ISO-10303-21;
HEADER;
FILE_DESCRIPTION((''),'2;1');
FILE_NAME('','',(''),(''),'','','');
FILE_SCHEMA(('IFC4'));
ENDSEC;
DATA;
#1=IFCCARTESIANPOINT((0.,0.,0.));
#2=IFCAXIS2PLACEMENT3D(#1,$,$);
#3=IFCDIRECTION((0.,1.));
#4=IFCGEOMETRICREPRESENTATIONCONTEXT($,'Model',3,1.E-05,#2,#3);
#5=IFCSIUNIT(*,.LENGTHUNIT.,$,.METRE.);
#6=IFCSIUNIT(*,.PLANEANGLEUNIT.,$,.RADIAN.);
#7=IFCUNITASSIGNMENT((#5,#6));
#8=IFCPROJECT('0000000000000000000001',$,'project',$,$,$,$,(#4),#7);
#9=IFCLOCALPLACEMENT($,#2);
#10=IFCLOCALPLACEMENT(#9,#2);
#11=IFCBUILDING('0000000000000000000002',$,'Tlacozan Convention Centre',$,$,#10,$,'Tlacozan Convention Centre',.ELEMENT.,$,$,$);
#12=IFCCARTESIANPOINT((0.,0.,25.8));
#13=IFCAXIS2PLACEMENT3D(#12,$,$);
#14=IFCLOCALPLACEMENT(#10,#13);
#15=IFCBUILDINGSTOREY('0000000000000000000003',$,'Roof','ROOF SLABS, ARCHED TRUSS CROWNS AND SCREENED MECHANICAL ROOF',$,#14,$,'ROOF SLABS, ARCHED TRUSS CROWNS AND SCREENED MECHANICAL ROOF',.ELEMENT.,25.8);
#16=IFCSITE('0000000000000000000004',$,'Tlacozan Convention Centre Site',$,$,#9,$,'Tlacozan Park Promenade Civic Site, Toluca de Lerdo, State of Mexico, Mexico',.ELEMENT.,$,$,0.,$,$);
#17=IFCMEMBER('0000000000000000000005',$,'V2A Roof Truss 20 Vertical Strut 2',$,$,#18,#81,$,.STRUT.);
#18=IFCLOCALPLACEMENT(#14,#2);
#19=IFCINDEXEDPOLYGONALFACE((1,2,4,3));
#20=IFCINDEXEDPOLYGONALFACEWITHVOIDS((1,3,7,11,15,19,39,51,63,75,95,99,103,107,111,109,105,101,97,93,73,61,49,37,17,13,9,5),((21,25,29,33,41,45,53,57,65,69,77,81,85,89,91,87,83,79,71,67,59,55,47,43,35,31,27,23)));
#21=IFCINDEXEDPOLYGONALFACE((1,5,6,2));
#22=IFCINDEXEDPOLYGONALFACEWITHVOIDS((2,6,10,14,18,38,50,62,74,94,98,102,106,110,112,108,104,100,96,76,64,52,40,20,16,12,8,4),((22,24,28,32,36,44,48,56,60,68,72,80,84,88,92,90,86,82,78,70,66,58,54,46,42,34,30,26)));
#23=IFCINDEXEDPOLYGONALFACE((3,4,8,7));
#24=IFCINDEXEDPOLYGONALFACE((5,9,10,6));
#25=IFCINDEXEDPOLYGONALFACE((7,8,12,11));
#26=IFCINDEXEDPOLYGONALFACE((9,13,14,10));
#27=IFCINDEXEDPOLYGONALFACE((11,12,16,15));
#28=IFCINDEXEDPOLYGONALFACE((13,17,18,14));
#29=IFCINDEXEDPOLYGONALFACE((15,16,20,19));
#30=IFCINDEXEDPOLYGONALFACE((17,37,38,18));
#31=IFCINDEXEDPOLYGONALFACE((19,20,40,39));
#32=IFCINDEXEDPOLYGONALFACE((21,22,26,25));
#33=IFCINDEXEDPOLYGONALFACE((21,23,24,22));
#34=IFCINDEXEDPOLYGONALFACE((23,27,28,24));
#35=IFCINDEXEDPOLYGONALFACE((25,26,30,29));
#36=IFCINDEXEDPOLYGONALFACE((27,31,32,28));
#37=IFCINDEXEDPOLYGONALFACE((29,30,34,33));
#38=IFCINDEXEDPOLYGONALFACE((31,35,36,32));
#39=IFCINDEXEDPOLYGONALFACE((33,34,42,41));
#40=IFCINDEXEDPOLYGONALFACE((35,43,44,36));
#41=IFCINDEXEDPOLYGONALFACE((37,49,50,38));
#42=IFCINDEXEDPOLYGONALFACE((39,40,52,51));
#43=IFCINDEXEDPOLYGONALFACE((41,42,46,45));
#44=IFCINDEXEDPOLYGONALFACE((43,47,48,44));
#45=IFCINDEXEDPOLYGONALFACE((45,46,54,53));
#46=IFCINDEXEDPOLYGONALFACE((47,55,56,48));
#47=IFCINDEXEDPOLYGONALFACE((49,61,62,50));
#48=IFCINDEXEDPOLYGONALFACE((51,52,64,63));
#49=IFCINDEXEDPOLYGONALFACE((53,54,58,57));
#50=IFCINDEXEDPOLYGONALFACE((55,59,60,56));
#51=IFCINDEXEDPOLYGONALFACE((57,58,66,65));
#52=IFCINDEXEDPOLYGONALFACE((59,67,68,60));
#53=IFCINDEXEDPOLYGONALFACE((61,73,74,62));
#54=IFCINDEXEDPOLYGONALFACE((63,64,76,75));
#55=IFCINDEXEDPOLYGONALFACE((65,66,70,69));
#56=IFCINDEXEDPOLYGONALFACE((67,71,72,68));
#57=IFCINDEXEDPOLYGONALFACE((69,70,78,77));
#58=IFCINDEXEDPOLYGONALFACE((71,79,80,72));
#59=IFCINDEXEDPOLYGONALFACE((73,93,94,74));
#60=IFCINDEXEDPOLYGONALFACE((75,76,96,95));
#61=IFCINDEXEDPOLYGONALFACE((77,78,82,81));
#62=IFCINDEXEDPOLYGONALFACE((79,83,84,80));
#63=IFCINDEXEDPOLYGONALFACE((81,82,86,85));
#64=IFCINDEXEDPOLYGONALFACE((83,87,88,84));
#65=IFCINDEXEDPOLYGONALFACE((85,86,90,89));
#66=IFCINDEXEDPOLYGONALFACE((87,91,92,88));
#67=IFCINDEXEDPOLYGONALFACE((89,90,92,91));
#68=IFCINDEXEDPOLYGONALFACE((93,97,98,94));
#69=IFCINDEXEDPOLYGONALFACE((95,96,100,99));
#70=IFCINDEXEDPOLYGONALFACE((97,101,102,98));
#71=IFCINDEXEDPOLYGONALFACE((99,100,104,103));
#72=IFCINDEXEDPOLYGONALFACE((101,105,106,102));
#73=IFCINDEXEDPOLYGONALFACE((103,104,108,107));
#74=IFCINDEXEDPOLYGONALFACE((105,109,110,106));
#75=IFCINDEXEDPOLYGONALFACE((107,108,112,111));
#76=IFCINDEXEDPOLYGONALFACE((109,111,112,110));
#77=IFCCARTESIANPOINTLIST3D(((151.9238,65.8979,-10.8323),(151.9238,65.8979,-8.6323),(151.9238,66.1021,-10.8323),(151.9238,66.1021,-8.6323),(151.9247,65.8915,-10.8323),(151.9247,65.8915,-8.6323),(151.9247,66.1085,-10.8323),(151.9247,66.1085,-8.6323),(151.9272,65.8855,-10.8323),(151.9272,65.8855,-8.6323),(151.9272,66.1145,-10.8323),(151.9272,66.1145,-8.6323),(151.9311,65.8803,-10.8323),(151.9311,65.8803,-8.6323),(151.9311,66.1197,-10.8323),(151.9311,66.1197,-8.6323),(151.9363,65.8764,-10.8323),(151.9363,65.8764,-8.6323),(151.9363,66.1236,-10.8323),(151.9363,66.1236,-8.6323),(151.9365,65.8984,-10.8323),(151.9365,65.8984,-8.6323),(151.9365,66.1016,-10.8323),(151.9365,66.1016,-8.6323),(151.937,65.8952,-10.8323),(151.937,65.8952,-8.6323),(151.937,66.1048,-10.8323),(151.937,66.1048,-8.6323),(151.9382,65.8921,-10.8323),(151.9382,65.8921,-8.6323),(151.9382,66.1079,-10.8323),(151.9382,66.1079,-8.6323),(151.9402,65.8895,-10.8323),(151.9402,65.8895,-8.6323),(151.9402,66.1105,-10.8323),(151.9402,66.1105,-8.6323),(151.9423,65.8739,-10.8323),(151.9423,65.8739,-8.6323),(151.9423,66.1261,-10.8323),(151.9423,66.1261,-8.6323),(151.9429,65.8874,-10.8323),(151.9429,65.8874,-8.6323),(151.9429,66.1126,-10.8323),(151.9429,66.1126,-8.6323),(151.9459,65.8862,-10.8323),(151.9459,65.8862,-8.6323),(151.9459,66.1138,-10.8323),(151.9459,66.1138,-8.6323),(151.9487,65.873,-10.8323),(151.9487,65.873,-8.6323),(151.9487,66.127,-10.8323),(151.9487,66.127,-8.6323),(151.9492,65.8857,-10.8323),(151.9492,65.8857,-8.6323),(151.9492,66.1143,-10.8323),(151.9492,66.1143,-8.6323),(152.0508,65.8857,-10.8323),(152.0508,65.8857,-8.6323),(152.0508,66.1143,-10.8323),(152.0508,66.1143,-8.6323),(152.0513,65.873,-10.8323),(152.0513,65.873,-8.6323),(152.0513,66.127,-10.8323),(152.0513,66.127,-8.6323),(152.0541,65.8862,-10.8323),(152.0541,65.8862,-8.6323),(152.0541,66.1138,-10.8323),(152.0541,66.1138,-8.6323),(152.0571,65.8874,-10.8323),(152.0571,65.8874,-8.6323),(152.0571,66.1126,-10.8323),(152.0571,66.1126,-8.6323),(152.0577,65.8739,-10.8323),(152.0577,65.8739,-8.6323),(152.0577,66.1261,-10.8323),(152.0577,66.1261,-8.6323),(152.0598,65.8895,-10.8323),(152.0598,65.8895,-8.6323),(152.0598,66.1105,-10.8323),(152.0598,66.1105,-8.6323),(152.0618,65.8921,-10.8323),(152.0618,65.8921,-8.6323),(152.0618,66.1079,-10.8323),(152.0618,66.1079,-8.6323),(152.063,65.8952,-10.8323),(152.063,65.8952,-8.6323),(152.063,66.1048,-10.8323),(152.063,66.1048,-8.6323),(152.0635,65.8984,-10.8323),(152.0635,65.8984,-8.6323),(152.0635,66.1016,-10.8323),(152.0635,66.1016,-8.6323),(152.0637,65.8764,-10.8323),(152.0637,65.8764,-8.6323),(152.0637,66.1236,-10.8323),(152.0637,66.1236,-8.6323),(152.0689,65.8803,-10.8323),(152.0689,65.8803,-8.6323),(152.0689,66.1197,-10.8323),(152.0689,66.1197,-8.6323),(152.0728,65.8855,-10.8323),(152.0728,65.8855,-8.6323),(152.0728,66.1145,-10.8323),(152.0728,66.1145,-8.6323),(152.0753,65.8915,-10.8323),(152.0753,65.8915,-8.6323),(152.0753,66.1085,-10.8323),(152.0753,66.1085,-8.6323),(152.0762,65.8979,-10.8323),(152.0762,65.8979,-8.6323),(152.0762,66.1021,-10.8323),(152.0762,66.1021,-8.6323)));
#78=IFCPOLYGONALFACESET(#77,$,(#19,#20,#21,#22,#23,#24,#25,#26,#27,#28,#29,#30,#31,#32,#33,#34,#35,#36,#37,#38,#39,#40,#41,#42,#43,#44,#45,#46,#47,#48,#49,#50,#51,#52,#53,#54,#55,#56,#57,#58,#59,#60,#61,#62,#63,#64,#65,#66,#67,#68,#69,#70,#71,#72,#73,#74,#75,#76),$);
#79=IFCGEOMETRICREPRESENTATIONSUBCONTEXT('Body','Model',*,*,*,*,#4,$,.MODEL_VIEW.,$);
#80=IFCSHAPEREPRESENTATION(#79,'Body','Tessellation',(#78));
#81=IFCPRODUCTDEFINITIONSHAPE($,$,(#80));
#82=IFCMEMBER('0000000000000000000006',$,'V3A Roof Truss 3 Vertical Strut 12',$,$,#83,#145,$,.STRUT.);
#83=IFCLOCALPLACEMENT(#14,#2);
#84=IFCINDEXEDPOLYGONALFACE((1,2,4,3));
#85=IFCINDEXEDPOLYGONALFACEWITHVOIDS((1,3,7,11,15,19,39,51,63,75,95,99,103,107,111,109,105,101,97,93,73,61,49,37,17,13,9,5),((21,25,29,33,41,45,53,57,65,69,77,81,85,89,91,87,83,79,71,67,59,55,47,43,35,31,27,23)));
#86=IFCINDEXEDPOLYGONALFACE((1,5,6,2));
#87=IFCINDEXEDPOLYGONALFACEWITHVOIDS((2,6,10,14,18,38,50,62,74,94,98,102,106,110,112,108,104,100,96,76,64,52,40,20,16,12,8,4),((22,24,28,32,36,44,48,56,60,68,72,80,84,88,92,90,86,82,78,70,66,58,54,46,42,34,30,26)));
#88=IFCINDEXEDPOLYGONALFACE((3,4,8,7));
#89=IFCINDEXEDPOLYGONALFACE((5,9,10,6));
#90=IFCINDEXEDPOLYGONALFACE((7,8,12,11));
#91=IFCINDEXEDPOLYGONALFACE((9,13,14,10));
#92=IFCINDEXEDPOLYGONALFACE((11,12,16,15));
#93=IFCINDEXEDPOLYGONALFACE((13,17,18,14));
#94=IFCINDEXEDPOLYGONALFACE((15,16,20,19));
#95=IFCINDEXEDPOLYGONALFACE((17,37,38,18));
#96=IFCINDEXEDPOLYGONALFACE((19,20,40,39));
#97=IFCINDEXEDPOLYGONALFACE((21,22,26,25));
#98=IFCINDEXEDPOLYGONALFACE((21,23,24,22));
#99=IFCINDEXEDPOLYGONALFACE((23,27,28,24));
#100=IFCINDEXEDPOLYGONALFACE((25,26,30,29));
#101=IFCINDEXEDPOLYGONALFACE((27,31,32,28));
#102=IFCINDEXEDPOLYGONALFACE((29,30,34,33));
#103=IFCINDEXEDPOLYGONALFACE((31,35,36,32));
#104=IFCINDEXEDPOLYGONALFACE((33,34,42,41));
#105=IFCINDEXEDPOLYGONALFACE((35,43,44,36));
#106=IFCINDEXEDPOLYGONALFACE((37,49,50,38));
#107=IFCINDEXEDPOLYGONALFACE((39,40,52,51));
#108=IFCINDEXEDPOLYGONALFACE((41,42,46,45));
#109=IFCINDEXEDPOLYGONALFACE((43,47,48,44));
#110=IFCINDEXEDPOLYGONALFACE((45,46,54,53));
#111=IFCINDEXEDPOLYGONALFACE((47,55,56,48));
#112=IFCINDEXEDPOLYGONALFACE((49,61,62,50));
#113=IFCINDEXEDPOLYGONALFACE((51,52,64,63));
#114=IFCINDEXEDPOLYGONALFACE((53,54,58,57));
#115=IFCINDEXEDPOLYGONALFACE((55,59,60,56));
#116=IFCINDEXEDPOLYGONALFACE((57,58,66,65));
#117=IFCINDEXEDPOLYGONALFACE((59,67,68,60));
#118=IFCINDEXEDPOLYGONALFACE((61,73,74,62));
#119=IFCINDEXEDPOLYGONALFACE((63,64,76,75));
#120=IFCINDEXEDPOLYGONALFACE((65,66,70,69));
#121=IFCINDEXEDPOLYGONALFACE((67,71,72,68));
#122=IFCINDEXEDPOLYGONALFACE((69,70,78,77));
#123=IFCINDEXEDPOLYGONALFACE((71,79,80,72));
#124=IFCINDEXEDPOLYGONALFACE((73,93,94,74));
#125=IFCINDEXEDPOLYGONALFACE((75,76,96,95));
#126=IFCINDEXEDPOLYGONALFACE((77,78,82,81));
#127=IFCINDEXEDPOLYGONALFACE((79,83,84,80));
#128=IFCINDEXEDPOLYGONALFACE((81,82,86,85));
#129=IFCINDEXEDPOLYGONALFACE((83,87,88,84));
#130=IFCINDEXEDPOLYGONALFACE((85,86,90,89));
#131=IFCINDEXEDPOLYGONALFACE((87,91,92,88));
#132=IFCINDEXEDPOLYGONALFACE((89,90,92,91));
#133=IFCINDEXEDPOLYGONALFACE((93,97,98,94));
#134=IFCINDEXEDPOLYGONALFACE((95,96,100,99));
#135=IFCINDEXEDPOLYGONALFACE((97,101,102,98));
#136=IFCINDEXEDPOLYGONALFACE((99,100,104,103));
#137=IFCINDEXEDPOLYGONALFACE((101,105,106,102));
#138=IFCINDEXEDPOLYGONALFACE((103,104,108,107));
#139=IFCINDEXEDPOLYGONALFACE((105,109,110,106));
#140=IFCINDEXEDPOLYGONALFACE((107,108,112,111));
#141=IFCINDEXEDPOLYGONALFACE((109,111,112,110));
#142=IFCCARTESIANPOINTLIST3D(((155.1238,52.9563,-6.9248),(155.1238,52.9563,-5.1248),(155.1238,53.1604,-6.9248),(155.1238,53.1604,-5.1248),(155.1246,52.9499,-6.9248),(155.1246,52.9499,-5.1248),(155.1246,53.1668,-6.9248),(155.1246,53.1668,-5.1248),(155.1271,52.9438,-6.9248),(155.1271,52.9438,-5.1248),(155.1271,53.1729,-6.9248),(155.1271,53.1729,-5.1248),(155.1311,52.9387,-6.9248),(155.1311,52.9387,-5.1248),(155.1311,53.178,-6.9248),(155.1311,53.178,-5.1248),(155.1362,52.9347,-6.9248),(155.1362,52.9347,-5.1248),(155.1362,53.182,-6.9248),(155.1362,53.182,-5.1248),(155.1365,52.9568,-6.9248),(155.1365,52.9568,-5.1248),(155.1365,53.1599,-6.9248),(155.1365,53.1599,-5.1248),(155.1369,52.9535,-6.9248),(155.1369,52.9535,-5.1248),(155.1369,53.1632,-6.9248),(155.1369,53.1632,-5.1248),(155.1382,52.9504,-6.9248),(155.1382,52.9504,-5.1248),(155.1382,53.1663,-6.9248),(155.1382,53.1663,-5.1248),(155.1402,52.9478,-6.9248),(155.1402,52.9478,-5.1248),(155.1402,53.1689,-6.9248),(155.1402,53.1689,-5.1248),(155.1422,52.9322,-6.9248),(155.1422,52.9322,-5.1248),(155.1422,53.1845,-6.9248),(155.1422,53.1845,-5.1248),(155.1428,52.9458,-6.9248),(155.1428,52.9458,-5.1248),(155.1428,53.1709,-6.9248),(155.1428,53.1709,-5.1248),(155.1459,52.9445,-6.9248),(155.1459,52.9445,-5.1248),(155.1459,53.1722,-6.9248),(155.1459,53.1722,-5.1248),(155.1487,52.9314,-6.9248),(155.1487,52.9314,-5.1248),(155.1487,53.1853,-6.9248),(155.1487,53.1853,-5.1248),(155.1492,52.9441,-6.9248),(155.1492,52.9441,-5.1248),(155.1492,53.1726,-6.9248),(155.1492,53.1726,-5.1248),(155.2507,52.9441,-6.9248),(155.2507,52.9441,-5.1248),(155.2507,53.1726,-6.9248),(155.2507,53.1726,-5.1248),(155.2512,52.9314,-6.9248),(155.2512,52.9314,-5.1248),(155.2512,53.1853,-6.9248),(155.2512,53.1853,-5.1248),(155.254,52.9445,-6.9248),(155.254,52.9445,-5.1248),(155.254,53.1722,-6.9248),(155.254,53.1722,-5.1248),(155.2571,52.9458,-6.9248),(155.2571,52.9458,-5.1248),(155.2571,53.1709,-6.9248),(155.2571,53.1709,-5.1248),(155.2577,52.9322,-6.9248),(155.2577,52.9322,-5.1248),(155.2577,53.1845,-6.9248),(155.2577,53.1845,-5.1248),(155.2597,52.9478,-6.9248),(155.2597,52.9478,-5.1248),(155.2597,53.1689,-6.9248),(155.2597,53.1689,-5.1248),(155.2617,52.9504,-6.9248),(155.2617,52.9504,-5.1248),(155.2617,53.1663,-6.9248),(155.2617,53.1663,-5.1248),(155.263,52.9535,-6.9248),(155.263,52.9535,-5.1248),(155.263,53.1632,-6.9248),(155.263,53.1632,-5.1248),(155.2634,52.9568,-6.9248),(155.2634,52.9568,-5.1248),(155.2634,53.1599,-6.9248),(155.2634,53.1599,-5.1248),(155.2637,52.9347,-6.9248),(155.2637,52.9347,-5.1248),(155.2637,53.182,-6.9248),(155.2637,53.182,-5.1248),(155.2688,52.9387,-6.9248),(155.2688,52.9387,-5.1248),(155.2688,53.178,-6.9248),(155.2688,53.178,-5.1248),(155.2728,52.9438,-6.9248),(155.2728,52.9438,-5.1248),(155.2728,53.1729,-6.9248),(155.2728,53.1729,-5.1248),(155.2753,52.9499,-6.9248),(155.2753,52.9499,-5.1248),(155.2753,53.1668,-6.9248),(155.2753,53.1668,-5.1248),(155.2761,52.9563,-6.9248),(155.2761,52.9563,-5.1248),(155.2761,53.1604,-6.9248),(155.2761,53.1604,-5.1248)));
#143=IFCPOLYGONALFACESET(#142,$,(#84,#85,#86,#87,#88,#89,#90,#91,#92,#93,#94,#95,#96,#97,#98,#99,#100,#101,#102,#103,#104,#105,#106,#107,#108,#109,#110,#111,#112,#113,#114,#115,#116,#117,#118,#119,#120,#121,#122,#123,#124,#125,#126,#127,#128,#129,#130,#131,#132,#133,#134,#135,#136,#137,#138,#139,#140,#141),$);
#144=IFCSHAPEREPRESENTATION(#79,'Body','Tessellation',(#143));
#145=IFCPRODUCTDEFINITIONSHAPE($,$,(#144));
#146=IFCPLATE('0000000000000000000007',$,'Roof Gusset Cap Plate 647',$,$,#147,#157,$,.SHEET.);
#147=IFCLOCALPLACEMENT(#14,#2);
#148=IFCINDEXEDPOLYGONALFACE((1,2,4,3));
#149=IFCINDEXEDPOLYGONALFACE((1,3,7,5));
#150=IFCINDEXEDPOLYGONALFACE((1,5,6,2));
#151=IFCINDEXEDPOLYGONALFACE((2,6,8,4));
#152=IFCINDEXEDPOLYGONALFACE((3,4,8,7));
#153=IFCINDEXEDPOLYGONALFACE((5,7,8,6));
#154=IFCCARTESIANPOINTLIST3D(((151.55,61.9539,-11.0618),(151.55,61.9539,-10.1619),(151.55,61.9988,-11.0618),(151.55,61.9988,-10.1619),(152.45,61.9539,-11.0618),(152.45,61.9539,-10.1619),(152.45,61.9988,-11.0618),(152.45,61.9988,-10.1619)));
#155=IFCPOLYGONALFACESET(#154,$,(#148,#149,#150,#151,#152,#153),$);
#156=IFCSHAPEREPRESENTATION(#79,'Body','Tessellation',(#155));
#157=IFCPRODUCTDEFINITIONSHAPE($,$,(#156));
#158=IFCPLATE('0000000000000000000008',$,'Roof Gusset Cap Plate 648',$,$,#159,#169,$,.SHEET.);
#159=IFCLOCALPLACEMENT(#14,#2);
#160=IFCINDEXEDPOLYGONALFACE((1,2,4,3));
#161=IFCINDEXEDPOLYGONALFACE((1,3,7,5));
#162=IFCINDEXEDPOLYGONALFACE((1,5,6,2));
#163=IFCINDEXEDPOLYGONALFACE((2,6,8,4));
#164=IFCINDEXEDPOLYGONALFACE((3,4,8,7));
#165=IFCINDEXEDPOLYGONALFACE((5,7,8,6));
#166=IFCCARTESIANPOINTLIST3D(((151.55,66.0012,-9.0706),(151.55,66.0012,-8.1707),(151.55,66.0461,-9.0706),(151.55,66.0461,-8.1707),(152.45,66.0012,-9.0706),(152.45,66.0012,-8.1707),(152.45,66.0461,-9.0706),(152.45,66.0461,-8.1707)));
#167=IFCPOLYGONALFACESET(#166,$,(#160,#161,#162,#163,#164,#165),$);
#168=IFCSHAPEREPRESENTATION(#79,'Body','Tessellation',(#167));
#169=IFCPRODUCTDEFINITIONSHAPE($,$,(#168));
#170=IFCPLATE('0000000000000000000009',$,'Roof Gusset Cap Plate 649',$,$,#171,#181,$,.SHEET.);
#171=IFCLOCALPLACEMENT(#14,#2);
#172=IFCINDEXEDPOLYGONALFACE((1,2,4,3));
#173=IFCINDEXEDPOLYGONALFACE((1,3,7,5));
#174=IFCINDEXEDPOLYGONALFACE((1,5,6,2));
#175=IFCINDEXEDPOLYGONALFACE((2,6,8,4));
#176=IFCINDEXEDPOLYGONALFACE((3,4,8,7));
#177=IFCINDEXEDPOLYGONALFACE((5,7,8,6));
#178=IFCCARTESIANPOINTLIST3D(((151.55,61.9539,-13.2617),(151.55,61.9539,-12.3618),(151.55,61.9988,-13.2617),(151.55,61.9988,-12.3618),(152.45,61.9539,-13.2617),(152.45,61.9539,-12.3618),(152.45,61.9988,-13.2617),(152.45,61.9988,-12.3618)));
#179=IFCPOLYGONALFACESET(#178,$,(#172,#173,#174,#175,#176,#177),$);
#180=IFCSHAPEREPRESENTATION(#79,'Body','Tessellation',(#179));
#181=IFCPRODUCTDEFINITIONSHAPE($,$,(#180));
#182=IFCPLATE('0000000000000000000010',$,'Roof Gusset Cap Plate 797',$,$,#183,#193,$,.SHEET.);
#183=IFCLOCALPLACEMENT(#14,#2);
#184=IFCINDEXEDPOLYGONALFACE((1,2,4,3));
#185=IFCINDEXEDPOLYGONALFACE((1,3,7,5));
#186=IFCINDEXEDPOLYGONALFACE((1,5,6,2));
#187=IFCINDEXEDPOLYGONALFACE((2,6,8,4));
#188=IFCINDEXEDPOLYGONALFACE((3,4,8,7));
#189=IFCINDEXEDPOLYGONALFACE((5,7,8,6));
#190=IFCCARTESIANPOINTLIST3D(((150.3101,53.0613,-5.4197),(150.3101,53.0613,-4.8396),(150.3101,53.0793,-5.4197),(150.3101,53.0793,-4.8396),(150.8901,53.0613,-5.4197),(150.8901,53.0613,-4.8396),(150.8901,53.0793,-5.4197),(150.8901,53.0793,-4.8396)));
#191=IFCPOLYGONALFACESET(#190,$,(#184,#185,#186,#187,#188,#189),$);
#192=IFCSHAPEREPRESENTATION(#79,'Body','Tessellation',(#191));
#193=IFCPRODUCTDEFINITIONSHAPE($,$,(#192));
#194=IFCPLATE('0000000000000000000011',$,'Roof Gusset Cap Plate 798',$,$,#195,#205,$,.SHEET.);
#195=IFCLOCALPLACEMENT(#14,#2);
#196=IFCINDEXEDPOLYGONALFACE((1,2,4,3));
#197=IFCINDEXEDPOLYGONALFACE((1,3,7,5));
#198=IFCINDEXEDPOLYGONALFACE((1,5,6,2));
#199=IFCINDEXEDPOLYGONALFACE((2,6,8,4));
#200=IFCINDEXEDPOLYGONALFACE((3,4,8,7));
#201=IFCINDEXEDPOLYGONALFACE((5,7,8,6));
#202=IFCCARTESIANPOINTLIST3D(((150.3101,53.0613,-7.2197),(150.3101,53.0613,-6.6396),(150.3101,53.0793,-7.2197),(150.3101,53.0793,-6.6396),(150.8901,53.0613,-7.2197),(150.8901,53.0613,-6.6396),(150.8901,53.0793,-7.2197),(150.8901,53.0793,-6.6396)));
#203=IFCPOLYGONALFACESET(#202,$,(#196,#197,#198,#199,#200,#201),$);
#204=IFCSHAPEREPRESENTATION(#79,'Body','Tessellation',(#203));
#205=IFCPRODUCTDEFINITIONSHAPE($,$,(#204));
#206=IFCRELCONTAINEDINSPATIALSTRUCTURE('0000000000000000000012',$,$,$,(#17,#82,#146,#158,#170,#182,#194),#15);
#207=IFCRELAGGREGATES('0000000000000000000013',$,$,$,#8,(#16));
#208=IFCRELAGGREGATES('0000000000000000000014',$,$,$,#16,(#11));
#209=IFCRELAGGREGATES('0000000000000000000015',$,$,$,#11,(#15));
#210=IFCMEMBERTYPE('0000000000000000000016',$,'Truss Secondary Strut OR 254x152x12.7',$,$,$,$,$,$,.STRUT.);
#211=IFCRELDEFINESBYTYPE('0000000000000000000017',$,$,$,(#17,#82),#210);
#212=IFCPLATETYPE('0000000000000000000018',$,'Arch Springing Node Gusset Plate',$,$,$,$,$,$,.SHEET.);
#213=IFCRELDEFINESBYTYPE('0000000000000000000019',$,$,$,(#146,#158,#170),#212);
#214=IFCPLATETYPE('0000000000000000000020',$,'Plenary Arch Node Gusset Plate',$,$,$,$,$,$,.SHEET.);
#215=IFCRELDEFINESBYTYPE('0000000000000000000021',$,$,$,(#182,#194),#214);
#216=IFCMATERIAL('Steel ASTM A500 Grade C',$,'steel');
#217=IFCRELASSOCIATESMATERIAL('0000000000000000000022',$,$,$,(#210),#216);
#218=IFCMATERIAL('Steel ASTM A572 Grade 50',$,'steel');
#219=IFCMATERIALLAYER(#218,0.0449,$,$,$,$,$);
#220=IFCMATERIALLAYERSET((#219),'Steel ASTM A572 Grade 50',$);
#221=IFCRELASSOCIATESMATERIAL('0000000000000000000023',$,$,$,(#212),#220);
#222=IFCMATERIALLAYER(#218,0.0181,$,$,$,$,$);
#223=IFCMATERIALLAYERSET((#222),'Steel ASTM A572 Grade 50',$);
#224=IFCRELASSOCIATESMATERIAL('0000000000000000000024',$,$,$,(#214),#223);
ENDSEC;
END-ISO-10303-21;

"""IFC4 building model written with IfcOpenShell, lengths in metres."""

from ifc_helpers import new_model, si_unit, direction, frame, origin, origin_2d, place, context, subcontext, project, spatial, rectangle, hollow_rectangle, extrude, material, layer, layer_set, material_profile, profile_set, type_object, element, save


model = new_model("IFC4")

# Units and contexts
model_context = context("Model", 3, precision=1e-05, world=origin(), true_north=direction((0.0, 1.0)))
body_context = subcontext(model_context, "Body", "Model", "MODEL_VIEW")
ifc_project = project(units=[si_unit("LENGTHUNIT", "METRE"), si_unit("PLANEANGLEUNIT", "RADIAN")], contexts=[model_context])

# Site, building, storey
site_placement = place(None, origin())
site = spatial("IfcSite", under=ifc_project, at=site_placement, Name="Tlacozan Convention Centre Site", LongName="Tlacozan Park Promenade Civic Site, Toluca de Lerdo, State of Mexico, Mexico", CompositionType="ELEMENT", RefElevation=0.0)
building_placement = place(site_placement, origin())
building = spatial("IfcBuilding", under=site, at=building_placement, Name="Tlacozan Convention Centre", LongName="Tlacozan Convention Centre", CompositionType="ELEMENT")
storey_placement = place(building_placement, frame((0.0, 0.0, 25.8)))
storey = spatial("IfcBuildingStorey", under=building, at=storey_placement, Name="Roof", Description="ROOF SLABS, ARCHED TRUSS CROWNS AND SCREENED MECHANICAL ROOF", LongName="ROOF SLABS, ARCHED TRUSS CROWNS AND SCREENED MECHANICAL ROOF", CompositionType="ELEMENT", Elevation=25.8)

# Members
ifc_material_1 = material(Name="Steel ASTM A500 Grade C", Category="steel")
ifc_material_profile_1 = material_profile(ifc_material_1, hollow_rectangle(XDim=0.1523, YDim=0.2539, WallThickness=0.0127, InnerFilletRadius=0.0127, OuterFilletRadius=0.0249, at=origin_2d()), Name="OR 254x152x12.7")
ifc_profile_set_1 = profile_set([ifc_material_profile_1], Name="Steel ASTM A500 Grade C")
member_type_1 = type_object("IfcMemberType", Name="Truss Secondary Strut OR 254x152x12.7", PredefinedType="STRUT", material=ifc_profile_set_1)
member_1_placement = place(storey_placement, frame((152.0, 66.0, -10.8323), z_axis=(0.0, 0.0, 1.0), x_axis=(1.0, 0.0, 0.0)))
element("IfcMember", 1, at=member_1_placement, inside=storey, type_object=member_type_1, Name="V2A Roof Truss 20 Vertical Strut 2", PredefinedType="STRUT", context=body_context, shape_type="SweptSolid", body=[
    extrude(hollow_rectangle(XDim=0.1523, YDim=0.2539, WallThickness=0.0127, InnerFilletRadius=0.0127, OuterFilletRadius=0.0249, at=origin_2d()), origin(), (0.0, 0.0, 1.0), 2.2),
])
member_2_placement = place(storey_placement, frame((155.2, 53.0583, -6.9248), z_axis=(0.0, 0.0, 1.0), x_axis=(1.0, 0.0, 0.0)))
element("IfcMember", 2, at=member_2_placement, inside=storey, type_object=member_type_1, Name="V3A Roof Truss 3 Vertical Strut 12", PredefinedType="STRUT", context=body_context, shape_type="SweptSolid", body=[
    extrude(hollow_rectangle(XDim=0.1523, YDim=0.2539, WallThickness=0.0127, InnerFilletRadius=0.0127, OuterFilletRadius=0.0249, at=origin_2d()), origin(), (0.0, 0.0, 1.0), 1.8),
])

# Plates
ifc_material_2 = material(Name="Steel ASTM A572 Grade 50", Category="steel")
ifc_layer_1 = layer(ifc_material_2, 0.0449)
ifc_layer_set_1 = layer_set([ifc_layer_1], Name="Steel ASTM A572 Grade 50")
plate_type_1 = type_object("IfcPlateType", Name="Arch Springing Node Gusset Plate", PredefinedType="SHEET", material=ifc_layer_set_1)
for number, where, z_axis, x_axis, name in (
    (3, (152.0, 61.9763, -11.0618), (0.0, 0.0, 1.0), (0.0, 1.0, 0.0), "Roof Gusset Cap Plate 647"),
    (4, (152.0, 66.0237, -9.0706), (0.0, 0.0, 1.0), (0.0, 1.0, 0.0), "Roof Gusset Cap Plate 648"),
    (5, (152.0, 61.9763, -13.2617), (0.0, 0.0, 1.0), (0.0, 1.0, 0.0), "Roof Gusset Cap Plate 649"),
):
    element("IfcPlate", number, at=place(storey_placement, frame(where, z_axis=z_axis, x_axis=x_axis)), inside=storey, type_object=plate_type_1, Name=name, PredefinedType="SHEET", context=body_context, shape_type="SweptSolid", body=[
        extrude(rectangle(XDim=0.0449, YDim=0.8999, at=origin_2d()), origin(), (0.0, 0.0, 1.0), 0.8999),
    ])
ifc_layer_2 = layer(ifc_material_2, 0.0181)
ifc_layer_set_2 = layer_set([ifc_layer_2], Name="Steel ASTM A572 Grade 50")
plate_type_2 = type_object("IfcPlateType", Name="Plenary Arch Node Gusset Plate", PredefinedType="SHEET", material=ifc_layer_set_2)
for number, where, z_axis, x_axis, name in (
    (6, (150.6001, 53.0703, -5.4197), (0.0, 0.0, 1.0), (0.0, 1.0, 0.0), "Roof Gusset Cap Plate 797"),
    (7, (150.6001, 53.0703, -7.2197), (0.0, 0.0, 1.0), (0.0, 1.0, 0.0), "Roof Gusset Cap Plate 798"),
):
    element("IfcPlate", number, at=place(storey_placement, frame(where, z_axis=z_axis, x_axis=x_axis)), inside=storey, type_object=plate_type_2, Name=name, PredefinedType="SHEET", context=body_context, shape_type="SweptSolid", body=[
        extrude(rectangle(XDim=0.0181, YDim=0.5801, at=origin_2d()), origin(), (0.0, 0.0, 1.0), 0.5801),
    ])

save(model, "model.ifc")
